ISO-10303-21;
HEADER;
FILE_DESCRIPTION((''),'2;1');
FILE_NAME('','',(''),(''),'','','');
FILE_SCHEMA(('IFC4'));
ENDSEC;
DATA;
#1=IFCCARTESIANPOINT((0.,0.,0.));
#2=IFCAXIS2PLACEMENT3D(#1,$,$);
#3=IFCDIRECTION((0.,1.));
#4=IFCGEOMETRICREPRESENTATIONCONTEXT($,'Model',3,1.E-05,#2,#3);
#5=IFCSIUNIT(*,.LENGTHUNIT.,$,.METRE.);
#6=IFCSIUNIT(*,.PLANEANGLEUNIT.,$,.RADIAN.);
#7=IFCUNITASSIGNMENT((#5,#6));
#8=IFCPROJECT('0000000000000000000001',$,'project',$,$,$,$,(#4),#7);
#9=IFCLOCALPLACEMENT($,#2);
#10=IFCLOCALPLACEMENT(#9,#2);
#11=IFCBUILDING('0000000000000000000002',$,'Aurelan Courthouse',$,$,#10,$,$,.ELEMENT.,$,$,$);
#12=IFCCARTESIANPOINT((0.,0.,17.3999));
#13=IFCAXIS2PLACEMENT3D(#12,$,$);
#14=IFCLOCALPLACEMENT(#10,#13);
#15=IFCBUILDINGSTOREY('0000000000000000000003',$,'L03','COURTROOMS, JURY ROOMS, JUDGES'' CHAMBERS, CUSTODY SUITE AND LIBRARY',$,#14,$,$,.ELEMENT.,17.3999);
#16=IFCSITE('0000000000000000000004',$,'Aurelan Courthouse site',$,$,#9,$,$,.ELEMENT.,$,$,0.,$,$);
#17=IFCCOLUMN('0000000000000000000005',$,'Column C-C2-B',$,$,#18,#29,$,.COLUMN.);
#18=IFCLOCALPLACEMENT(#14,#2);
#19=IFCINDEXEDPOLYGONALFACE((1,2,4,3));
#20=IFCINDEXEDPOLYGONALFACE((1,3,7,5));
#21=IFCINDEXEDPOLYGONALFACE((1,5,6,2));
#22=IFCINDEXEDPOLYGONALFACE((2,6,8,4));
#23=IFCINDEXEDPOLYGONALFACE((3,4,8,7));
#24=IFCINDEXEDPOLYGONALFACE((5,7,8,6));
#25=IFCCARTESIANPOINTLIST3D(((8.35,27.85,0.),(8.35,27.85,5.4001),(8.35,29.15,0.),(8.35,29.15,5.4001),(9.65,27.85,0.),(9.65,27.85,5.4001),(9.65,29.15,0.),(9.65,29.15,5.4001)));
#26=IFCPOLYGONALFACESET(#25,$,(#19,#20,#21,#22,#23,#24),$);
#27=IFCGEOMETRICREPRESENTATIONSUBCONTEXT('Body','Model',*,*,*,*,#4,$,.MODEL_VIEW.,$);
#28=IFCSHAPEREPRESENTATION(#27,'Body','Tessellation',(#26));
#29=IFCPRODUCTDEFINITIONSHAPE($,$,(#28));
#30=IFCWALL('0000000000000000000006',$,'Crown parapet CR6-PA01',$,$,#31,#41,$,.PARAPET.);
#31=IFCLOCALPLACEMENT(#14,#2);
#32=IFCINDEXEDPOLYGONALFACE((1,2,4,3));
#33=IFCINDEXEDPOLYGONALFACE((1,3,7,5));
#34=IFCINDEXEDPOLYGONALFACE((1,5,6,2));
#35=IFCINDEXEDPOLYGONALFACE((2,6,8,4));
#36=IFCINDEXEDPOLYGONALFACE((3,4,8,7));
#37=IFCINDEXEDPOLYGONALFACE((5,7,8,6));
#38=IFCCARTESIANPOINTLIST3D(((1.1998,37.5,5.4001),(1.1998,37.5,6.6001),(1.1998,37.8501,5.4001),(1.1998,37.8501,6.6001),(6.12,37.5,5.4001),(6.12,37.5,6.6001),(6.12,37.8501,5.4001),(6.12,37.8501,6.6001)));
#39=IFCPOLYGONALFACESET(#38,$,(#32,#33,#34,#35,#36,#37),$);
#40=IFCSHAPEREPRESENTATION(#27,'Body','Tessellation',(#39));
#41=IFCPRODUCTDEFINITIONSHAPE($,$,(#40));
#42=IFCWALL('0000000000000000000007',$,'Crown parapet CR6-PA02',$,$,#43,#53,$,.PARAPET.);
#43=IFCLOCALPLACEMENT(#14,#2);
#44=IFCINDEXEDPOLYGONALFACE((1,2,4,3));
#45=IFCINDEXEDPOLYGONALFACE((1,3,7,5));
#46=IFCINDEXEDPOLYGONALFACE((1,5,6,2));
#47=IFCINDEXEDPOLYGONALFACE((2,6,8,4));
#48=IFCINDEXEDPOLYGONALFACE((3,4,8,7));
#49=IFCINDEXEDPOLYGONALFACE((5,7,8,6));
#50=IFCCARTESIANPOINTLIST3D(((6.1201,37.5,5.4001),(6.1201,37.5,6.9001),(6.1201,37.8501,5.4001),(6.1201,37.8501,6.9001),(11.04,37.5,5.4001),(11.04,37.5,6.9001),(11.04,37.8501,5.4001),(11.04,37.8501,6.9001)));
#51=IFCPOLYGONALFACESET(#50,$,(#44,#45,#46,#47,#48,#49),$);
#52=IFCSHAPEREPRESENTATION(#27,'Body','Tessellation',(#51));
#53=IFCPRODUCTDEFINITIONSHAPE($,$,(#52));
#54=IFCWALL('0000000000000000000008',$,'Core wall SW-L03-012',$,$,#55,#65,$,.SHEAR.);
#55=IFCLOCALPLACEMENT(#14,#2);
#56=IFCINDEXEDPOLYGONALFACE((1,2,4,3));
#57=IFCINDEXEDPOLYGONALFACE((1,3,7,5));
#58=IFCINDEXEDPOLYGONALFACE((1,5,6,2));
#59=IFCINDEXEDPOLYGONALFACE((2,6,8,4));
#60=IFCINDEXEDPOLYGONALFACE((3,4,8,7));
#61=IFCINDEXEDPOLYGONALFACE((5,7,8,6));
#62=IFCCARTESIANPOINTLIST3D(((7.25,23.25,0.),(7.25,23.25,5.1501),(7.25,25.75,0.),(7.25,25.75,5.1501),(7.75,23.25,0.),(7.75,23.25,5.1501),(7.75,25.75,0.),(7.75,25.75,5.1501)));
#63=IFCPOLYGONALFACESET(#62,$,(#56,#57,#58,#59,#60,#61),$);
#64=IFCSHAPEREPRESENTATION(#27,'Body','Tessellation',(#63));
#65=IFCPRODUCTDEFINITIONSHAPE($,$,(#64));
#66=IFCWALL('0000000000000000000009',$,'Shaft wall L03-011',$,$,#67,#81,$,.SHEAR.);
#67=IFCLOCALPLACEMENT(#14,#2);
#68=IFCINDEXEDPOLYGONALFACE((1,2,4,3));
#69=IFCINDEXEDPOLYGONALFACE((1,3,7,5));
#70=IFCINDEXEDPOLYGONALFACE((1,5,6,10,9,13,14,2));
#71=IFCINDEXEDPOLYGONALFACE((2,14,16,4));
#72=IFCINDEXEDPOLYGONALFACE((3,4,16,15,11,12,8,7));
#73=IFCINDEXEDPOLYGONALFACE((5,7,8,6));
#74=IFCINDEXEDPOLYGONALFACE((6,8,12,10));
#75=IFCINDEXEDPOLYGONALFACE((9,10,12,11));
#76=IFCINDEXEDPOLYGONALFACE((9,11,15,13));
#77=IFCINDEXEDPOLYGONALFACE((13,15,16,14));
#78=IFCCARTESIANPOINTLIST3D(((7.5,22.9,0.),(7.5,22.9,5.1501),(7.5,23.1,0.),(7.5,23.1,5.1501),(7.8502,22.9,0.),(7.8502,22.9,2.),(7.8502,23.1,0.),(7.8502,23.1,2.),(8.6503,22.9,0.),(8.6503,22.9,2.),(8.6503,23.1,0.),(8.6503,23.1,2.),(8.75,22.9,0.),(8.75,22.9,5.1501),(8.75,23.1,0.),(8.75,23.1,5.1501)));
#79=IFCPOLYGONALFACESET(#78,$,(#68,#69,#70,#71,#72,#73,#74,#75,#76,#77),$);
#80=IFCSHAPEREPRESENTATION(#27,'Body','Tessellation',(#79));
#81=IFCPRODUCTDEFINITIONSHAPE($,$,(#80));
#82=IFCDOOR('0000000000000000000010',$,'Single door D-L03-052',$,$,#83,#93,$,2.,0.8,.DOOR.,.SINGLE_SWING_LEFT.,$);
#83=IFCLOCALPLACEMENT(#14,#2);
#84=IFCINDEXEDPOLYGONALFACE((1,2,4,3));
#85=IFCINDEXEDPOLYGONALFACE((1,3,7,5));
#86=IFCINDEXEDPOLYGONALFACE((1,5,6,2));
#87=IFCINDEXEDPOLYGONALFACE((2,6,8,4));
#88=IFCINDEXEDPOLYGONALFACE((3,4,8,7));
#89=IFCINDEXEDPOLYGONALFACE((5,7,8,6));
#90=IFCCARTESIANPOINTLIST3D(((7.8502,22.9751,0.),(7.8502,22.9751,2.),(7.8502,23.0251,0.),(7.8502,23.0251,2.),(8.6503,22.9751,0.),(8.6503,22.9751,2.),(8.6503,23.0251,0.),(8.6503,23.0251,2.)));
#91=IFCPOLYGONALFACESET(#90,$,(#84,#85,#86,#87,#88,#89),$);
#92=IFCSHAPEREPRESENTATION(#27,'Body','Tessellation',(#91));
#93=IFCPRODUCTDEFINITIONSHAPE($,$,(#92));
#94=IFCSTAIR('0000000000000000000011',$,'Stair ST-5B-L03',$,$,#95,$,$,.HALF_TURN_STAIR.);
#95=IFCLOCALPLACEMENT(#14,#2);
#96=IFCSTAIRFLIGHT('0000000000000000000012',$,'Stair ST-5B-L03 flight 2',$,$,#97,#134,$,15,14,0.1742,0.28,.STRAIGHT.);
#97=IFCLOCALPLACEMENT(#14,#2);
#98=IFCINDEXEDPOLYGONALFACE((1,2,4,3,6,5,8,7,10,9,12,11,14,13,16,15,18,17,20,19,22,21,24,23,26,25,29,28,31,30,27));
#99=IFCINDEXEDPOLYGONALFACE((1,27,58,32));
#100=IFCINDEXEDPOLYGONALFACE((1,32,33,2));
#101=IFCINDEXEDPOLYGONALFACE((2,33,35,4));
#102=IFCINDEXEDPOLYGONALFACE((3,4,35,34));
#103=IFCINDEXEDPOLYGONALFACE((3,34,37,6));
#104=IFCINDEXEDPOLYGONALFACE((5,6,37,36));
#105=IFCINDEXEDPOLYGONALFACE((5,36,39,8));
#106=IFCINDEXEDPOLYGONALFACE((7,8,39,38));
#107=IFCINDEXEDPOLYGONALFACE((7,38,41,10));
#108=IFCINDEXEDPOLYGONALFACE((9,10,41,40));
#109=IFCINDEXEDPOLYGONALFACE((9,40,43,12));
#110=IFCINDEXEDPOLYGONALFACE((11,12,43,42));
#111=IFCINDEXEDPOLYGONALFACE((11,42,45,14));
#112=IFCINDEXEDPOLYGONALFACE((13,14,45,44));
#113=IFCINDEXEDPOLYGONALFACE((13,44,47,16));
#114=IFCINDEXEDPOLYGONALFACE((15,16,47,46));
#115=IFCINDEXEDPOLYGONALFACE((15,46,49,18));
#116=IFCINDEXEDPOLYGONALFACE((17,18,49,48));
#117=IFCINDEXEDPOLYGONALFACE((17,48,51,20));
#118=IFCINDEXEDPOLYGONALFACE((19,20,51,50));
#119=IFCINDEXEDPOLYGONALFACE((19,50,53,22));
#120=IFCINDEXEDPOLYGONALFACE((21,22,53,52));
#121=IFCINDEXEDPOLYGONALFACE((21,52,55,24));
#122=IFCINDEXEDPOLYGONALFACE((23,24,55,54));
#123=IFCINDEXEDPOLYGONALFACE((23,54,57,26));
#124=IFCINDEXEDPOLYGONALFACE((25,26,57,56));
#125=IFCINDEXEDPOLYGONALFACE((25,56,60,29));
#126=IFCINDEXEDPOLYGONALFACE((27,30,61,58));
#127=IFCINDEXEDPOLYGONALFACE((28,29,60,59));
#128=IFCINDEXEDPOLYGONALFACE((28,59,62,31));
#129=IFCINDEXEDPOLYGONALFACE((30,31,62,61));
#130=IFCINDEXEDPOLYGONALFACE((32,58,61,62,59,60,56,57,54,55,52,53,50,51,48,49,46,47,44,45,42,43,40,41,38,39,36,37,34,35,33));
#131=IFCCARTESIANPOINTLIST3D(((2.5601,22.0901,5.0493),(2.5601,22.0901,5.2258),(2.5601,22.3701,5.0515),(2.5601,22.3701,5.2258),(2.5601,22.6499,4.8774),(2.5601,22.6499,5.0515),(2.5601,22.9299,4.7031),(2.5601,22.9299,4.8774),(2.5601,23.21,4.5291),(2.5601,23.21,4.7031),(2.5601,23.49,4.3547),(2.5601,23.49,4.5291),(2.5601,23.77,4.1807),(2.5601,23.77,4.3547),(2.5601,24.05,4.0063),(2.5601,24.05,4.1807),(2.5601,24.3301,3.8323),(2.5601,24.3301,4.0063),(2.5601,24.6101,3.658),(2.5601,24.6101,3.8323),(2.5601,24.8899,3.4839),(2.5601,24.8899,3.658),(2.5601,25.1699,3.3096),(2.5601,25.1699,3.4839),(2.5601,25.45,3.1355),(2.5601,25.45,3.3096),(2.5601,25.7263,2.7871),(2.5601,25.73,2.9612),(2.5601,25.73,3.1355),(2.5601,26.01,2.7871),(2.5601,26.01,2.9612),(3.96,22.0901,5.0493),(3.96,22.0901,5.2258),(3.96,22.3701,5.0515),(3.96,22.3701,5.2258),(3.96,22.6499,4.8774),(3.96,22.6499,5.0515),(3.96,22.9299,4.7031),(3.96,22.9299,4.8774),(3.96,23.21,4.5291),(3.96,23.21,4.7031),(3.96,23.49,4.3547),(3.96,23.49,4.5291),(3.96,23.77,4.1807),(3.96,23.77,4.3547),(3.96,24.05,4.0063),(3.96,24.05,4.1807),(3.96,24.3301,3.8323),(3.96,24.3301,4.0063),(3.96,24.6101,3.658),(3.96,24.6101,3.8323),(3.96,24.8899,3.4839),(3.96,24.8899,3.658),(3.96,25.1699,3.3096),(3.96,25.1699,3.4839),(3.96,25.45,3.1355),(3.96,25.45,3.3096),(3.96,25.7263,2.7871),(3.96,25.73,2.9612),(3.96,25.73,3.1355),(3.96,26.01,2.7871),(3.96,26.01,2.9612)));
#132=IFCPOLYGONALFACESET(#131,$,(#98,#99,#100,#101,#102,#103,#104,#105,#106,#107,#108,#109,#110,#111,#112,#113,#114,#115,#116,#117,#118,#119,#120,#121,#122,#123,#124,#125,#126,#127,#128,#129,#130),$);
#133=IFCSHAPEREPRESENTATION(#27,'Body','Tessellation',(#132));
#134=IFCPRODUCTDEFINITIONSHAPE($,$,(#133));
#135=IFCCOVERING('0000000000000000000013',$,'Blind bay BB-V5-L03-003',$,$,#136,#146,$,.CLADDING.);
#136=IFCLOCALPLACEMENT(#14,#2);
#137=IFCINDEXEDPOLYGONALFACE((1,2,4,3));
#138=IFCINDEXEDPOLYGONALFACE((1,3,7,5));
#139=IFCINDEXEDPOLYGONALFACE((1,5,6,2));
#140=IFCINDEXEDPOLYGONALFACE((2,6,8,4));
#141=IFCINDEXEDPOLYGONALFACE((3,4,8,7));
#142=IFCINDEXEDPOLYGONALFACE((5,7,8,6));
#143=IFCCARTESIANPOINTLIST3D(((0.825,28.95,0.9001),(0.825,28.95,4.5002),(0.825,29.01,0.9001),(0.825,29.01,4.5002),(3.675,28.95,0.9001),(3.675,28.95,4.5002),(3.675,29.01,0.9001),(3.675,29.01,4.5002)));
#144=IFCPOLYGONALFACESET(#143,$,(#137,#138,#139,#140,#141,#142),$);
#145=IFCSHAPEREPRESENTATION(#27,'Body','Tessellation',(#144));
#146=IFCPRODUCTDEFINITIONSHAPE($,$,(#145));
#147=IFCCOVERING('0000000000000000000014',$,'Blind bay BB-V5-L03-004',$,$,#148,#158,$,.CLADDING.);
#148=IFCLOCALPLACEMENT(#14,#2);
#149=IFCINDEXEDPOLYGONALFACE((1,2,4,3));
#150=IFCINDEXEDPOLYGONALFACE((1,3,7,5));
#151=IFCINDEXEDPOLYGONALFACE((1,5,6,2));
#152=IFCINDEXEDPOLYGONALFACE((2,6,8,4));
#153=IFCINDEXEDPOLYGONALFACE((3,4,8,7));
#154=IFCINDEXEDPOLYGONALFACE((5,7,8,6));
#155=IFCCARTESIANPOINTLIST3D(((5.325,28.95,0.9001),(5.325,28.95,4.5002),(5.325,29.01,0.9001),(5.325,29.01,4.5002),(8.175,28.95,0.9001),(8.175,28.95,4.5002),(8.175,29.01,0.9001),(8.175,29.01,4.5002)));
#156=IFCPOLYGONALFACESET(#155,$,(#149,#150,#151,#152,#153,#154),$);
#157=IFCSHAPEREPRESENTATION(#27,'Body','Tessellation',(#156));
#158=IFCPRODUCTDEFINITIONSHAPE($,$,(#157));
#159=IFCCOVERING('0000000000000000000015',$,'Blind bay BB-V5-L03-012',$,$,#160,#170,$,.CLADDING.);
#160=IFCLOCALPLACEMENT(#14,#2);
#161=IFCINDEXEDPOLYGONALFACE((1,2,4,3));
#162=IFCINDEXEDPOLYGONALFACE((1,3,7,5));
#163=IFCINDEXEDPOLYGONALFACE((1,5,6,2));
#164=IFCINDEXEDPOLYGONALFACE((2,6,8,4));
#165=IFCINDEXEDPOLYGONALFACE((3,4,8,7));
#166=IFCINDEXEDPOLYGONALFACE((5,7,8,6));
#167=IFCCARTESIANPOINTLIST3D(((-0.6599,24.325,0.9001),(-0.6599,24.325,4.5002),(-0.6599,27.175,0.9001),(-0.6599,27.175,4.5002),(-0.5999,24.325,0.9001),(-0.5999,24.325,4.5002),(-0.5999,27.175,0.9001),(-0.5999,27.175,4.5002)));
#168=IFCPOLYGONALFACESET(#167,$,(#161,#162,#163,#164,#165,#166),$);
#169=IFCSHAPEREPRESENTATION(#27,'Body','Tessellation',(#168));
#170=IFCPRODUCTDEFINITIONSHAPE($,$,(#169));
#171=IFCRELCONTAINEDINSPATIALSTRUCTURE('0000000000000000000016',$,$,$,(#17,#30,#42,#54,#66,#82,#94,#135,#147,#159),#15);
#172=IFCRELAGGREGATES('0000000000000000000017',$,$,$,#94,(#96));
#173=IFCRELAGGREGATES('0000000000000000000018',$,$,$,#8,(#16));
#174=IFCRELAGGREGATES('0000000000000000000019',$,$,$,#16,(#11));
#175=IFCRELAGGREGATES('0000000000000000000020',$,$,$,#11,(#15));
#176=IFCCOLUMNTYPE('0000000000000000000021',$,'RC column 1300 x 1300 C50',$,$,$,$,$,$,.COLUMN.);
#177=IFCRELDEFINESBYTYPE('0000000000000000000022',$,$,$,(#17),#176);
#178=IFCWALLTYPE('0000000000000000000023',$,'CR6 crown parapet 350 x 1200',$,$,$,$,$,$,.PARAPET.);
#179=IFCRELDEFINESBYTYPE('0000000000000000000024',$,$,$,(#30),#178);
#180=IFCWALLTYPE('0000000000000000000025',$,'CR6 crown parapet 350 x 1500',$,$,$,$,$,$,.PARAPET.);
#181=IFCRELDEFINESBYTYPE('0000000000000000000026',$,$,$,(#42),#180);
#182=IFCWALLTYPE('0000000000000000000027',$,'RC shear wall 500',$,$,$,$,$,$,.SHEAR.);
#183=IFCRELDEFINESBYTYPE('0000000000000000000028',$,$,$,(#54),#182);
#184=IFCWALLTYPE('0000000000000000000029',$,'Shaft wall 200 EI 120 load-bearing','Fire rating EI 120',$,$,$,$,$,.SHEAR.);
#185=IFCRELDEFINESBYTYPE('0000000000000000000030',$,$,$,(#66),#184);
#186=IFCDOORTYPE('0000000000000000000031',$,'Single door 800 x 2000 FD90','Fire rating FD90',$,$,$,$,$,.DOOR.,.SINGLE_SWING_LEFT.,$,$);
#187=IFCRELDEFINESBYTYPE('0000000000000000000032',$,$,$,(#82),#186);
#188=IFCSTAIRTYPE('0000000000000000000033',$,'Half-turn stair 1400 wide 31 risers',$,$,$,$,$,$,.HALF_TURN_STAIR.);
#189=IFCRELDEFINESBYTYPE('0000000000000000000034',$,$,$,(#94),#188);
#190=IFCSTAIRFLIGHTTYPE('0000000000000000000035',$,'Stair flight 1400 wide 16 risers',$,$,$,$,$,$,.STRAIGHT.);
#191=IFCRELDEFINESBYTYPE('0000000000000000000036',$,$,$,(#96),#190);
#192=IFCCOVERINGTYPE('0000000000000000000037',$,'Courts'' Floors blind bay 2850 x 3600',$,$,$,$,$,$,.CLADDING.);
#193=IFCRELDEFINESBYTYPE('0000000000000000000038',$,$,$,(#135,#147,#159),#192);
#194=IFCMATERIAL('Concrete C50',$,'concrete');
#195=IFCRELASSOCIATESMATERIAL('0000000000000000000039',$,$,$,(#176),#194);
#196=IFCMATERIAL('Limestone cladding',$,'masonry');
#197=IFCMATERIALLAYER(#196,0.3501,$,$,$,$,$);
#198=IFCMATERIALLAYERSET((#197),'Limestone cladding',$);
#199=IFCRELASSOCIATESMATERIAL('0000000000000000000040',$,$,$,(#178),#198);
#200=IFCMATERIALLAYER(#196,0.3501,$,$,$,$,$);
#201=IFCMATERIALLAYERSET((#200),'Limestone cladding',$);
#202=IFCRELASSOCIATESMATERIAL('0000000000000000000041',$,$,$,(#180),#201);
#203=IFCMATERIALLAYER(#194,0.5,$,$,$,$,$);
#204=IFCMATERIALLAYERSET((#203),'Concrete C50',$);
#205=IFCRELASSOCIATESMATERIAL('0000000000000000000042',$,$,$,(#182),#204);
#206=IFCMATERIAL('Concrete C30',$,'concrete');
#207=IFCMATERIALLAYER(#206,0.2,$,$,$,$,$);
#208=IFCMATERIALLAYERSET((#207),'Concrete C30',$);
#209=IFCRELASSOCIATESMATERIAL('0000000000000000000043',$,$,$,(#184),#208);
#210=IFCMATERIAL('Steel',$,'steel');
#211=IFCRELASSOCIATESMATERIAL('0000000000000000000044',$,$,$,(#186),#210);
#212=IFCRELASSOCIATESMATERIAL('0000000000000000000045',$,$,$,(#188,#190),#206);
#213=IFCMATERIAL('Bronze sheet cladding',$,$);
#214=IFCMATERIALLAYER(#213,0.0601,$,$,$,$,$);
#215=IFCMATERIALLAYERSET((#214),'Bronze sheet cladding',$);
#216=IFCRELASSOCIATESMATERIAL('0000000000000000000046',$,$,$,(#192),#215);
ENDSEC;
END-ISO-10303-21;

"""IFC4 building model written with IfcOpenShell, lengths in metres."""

from ifc_helpers import new_model, si_unit, direction, frame, frame_2d, origin, origin_2d, place, context, subcontext, project, spatial, polyline, rectangle, outline, extrude, material, layer, layer_set, material_profile, profile_set, type_object, element, fill, aggregate, save


model = new_model("IFC4")

# Units and contexts
model_context = context("Model", 3, precision=1e-05, world=origin(), true_north=direction((0.0, 1.0)))
body_context = subcontext(model_context, "Body", "Model", "MODEL_VIEW")
ifc_project = project(units=[si_unit("LENGTHUNIT", "METRE"), si_unit("PLANEANGLEUNIT", "RADIAN")], contexts=[model_context])

# Site, building, storey
site_placement = place(None, origin())
site = spatial("IfcSite", under=ifc_project, at=site_placement, Name="Aurelan Courthouse site", CompositionType="ELEMENT", RefElevation=0.0)
building_placement = place(site_placement, origin())
building = spatial("IfcBuilding", under=site, at=building_placement, Name="Aurelan Courthouse", CompositionType="ELEMENT")
storey_placement = place(building_placement, frame((0.0, 0.0, 17.3999)))
storey = spatial("IfcBuildingStorey", under=building, at=storey_placement, Name="L03", Description="COURTROOMS, JURY ROOMS, JUDGES' CHAMBERS, CUSTODY SUITE AND LIBRARY", CompositionType="ELEMENT", Elevation=17.3999)

# Column
ifc_material_1 = material(Name="Concrete C50", Category="concrete")
ifc_material_profile = material_profile(ifc_material_1, rectangle(XDim=1.3, YDim=1.3, at=origin_2d()), Name="RC 1300 x 1300")
ifc_profile_set = profile_set([ifc_material_profile], Name="Concrete C50")
column_type = type_object("IfcColumnType", Name="RC column 1300 x 1300 C50", PredefinedType="COLUMN", material=ifc_profile_set)
column_placement = place(storey_placement, frame((9.0, 28.5, 0.0), z_axis=(0.0, 0.0, 1.0), x_axis=(1.0, 0.0, 0.0)))
element("IfcColumn", 1, at=column_placement, inside=storey, type_object=column_type, Name="Column C-C2-B", PredefinedType="COLUMN", context=body_context, shape_type="SweptSolid", body=[
    extrude(rectangle(XDim=1.3, YDim=1.3, at=origin_2d()), origin(), (0.0, 0.0, 1.0), 5.4001),
])

# Walls
ifc_material_2 = material(Name="Limestone cladding", Category="masonry")
ifc_layer_1 = layer(ifc_material_2, 0.3501)
ifc_layer_set_1 = layer_set([ifc_layer_1], Name="Limestone cladding")
wall_type_1 = type_object("IfcWallType", Name="CR6 crown parapet 350 x 1200", PredefinedType="PARAPET", material=ifc_layer_set_1)
wall_1_placement = place(storey_placement, frame((1.2, 37.675, 5.4001), z_axis=(0.0, 0.0, 1.0), x_axis=(1.0, 0.0, 0.0)))
element("IfcWall", 2, at=wall_1_placement, inside=storey, type_object=wall_type_1, Name="Crown parapet CR6-PA01", PredefinedType="PARAPET", context=body_context, shape_type="SweptSolid", body=[
    extrude(rectangle(XDim=4.9202, YDim=0.3501, at=frame_2d((2.46, 0.0))), origin(), (0.0, 0.0, 1.0), 1.2),
])
ifc_layer_2 = layer(ifc_material_2, 0.3501)
ifc_layer_set_2 = layer_set([ifc_layer_2], Name="Limestone cladding")
wall_type_2 = type_object("IfcWallType", Name="CR6 crown parapet 350 x 1500", PredefinedType="PARAPET", material=ifc_layer_set_2)
wall_2_placement = place(storey_placement, frame((6.1201, 37.675, 5.4001), z_axis=(0.0, 0.0, 1.0), x_axis=(1.0, 0.0, 0.0)))
element("IfcWall", 3, at=wall_2_placement, inside=storey, type_object=wall_type_2, Name="Crown parapet CR6-PA02", PredefinedType="PARAPET", context=body_context, shape_type="SweptSolid", body=[
    extrude(rectangle(XDim=4.9199, YDim=0.3501, at=frame_2d((2.46, 0.0))), origin(), (0.0, 0.0, 1.0), 1.5),
])
ifc_layer_3 = layer(ifc_material_1, 0.5)
ifc_layer_set_3 = layer_set([ifc_layer_3], Name="Concrete C50")
wall_type_3 = type_object("IfcWallType", Name="RC shear wall 500", PredefinedType="SHEAR", material=ifc_layer_set_3)
wall_3_placement = place(storey_placement, frame((7.5, 23.25, 0.0), z_axis=(0.0, 0.0, 1.0), x_axis=(0.0, 1.0, 0.0)))
element("IfcWall", 4, at=wall_3_placement, inside=storey, type_object=wall_type_3, Name="Core wall SW-L03-012", PredefinedType="SHEAR", context=body_context, shape_type="SweptSolid", body=[
    extrude(rectangle(XDim=2.5, YDim=0.5, at=frame_2d((1.25, 0.0))), origin(), (0.0, 0.0, 1.0), 5.1501),
])

# Wall, opening, door
ifc_material_3 = material(Name="Concrete C30", Category="concrete")
ifc_layer_4 = layer(ifc_material_3, 0.2)
ifc_layer_set_4 = layer_set([ifc_layer_4], Name="Concrete C30")
wall_type_4 = type_object("IfcWallType", Name="Shaft wall 200 EI 120 load-bearing", Description="Fire rating EI 120", PredefinedType="SHEAR", material=ifc_layer_set_4)
wall_4_placement = place(storey_placement, frame((7.5, 23.0, 0.0), z_axis=(0.0, 0.0, 1.0), x_axis=(1.0, 0.0, 0.0)))
wall_4 = element("IfcWall", 5, at=wall_4_placement, inside=storey, type_object=wall_type_4, Name="Shaft wall L03-011", PredefinedType="SHEAR", context=body_context, shape_type="SweptSolid", body=[
    extrude(rectangle(XDim=1.25, YDim=0.2, at=frame_2d((0.625, 0.0))), origin(), (0.0, 0.0, 1.0), 5.1501),
])
opening_placement = place(wall_4_placement, frame((1.1501, 0.0, 0.0), z_axis=(0.0, 0.0, 1.0), x_axis=(-1.0, 0.0, 0.0)))
opening = element("IfcOpeningElement", 6, at=opening_placement, cuts=wall_4, PredefinedType="OPENING", context=body_context, shape_type="SweptSolid", body=[
    extrude(rectangle(XDim=0.8, YDim=2.0, at=frame_2d((0.3999, 1.0))), frame((0.0, 0.1099, 0.0), z_axis=(0.0, -1.0, 0.0), x_axis=(1.0, 0.0, 0.0)), (0.0, 0.0, 1.0), 0.22),
])
ifc_material_4 = material(Name="Steel", Category="steel")
door_type = type_object("IfcDoorType", Name="Single door 800 x 2000 FD90", Description="Fire rating FD90", OperationType="SINGLE_SWING_LEFT", PredefinedType="DOOR", material=ifc_material_4)
door_placement = place(opening_placement, origin())
door = element("IfcDoor", 7, at=door_placement, inside=storey, type_object=door_type, Name="Single door D-L03-052", OperationType="SINGLE_SWING_LEFT", OverallHeight=2.0, OverallWidth=0.8, PredefinedType="DOOR", context=body_context, shape_type="SweptSolid", body=[
    extrude(rectangle(XDim=0.8, YDim=2.0, at=frame_2d((0.3999, 1.0))), frame((0.0, 0.0249, 0.0), z_axis=(0.0, -1.0, 0.0), x_axis=(1.0, 0.0, 0.0)), (0.0, 0.0, 1.0), 0.05),
])
fill(opening, door)

# Stair, stair flight
stair_type = type_object("IfcStairType", Name="Half-turn stair 1400 wide 31 risers", PredefinedType="HALF_TURN_STAIR", material=ifc_material_3)
stair_placement = place(storey_placement, origin())
stair = element("IfcStair", 8, at=stair_placement, inside=storey, type_object=stair_type, Name="Stair ST-5B-L03", PredefinedType="HALF_TURN_STAIR")
stair_flight_type = type_object("IfcStairFlightType", Name="Stair flight 1400 wide 16 risers", PredefinedType="STRAIGHT", material=ifc_material_3)
stair_flight_placement = place(storey_placement, frame((3.26, 26.01, 2.7871), z_axis=(0.0, 0.0, 1.0), x_axis=(0.0, -1.0, 0.0)))
stair_flight = element("IfcStairFlight", 9, at=stair_flight_placement, type_object=stair_flight_type, Name="Stair ST-5B-L03 flight 2", NumberOfRisers=15, NumberOfTreads=14, PredefinedType="STRAIGHT", RiserHeight=0.1742, TreadLength=0.28, context=body_context, shape_type="SweptSolid", body=[
    extrude(outline(polyline([(0.0, 0.0), (0.0, 0.1741), (0.28, 0.1741), (0.28, 0.3484), (0.5601, 0.3484), (0.5601, 0.5225), (0.8401, 0.5225), (0.8401, 0.6968), (1.1201, 0.6968), (1.1201, 0.8708), (1.3999, 0.8708), (1.3999, 1.0452), (1.6799, 1.0452), (1.6799, 1.2192), (1.96, 1.2192), (1.96, 1.3936), (2.24, 1.3936), (2.24, 1.5676), (2.52, 1.5676), (2.52, 1.7419), (2.8, 1.7419), (2.8, 1.916), (3.0801, 1.916), (3.0801, 2.0903), (3.3601, 2.0903), (3.3601, 2.2644), (3.6399, 2.2644), (3.6399, 2.4387), (3.9199, 2.4387), (3.9199, 2.6128), (3.9199, 2.2622), (0.2837, 0.0), (0.0, 0.0)])), frame((0.0, 0.7, 0.0), z_axis=(0.0, -1.0, 0.0), x_axis=(1.0, 0.0, 0.0)), (0.0, 0.0, 1.0), 1.3999),
])
aggregate(stair, [stair_flight])

# Coverings
ifc_material_5 = material(Name="Bronze sheet cladding")
ifc_layer_5 = layer(ifc_material_5, 0.0601)
ifc_layer_set_5 = layer_set([ifc_layer_5], Name="Bronze sheet cladding")
covering_type_1 = type_object("IfcCoveringType", Name="Courts' Floors blind bay 2850 x 3600", PredefinedType="CLADDING", material=ifc_layer_set_5)
for number, where, z_axis, x_axis, name in (
    (10, (2.25, 28.98, 0.9001), (0.0, 0.0, 1.0), (1.0, 0.0, 0.0), "Blind bay BB-V5-L03-003"),
    (11, (6.75, 28.98, 0.9001), (0.0, 0.0, 1.0), (1.0, 0.0, 0.0), "Blind bay BB-V5-L03-004"),
):
    element("IfcCovering", number, at=place(storey_placement, frame(where, z_axis=z_axis, x_axis=x_axis)), inside=storey, type_object=covering_type_1, Name=name, PredefinedType="CLADDING", context=body_context, shape_type="SweptSolid", body=[
        extrude(rectangle(XDim=2.8501, YDim=0.0601, at=origin_2d()), origin(), (0.0, 0.0, 1.0), 3.6001),
    ])
covering_1_placement = place(storey_placement, frame((-0.6299, 25.75, 0.9001), z_axis=(0.0, 0.0, 1.0), x_axis=(1.0, 0.0, 0.0)))
element("IfcCovering", 12, at=covering_1_placement, inside=storey, type_object=covering_type_1, Name="Blind bay BB-V5-L03-012", PredefinedType="CLADDING", context=body_context, shape_type="SweptSolid", body=[
    extrude(rectangle(XDim=0.0601, YDim=2.8501, at=origin_2d()), origin(), (0.0, 0.0, 1.0), 3.6001),
])

save(model, "model.ifc")
